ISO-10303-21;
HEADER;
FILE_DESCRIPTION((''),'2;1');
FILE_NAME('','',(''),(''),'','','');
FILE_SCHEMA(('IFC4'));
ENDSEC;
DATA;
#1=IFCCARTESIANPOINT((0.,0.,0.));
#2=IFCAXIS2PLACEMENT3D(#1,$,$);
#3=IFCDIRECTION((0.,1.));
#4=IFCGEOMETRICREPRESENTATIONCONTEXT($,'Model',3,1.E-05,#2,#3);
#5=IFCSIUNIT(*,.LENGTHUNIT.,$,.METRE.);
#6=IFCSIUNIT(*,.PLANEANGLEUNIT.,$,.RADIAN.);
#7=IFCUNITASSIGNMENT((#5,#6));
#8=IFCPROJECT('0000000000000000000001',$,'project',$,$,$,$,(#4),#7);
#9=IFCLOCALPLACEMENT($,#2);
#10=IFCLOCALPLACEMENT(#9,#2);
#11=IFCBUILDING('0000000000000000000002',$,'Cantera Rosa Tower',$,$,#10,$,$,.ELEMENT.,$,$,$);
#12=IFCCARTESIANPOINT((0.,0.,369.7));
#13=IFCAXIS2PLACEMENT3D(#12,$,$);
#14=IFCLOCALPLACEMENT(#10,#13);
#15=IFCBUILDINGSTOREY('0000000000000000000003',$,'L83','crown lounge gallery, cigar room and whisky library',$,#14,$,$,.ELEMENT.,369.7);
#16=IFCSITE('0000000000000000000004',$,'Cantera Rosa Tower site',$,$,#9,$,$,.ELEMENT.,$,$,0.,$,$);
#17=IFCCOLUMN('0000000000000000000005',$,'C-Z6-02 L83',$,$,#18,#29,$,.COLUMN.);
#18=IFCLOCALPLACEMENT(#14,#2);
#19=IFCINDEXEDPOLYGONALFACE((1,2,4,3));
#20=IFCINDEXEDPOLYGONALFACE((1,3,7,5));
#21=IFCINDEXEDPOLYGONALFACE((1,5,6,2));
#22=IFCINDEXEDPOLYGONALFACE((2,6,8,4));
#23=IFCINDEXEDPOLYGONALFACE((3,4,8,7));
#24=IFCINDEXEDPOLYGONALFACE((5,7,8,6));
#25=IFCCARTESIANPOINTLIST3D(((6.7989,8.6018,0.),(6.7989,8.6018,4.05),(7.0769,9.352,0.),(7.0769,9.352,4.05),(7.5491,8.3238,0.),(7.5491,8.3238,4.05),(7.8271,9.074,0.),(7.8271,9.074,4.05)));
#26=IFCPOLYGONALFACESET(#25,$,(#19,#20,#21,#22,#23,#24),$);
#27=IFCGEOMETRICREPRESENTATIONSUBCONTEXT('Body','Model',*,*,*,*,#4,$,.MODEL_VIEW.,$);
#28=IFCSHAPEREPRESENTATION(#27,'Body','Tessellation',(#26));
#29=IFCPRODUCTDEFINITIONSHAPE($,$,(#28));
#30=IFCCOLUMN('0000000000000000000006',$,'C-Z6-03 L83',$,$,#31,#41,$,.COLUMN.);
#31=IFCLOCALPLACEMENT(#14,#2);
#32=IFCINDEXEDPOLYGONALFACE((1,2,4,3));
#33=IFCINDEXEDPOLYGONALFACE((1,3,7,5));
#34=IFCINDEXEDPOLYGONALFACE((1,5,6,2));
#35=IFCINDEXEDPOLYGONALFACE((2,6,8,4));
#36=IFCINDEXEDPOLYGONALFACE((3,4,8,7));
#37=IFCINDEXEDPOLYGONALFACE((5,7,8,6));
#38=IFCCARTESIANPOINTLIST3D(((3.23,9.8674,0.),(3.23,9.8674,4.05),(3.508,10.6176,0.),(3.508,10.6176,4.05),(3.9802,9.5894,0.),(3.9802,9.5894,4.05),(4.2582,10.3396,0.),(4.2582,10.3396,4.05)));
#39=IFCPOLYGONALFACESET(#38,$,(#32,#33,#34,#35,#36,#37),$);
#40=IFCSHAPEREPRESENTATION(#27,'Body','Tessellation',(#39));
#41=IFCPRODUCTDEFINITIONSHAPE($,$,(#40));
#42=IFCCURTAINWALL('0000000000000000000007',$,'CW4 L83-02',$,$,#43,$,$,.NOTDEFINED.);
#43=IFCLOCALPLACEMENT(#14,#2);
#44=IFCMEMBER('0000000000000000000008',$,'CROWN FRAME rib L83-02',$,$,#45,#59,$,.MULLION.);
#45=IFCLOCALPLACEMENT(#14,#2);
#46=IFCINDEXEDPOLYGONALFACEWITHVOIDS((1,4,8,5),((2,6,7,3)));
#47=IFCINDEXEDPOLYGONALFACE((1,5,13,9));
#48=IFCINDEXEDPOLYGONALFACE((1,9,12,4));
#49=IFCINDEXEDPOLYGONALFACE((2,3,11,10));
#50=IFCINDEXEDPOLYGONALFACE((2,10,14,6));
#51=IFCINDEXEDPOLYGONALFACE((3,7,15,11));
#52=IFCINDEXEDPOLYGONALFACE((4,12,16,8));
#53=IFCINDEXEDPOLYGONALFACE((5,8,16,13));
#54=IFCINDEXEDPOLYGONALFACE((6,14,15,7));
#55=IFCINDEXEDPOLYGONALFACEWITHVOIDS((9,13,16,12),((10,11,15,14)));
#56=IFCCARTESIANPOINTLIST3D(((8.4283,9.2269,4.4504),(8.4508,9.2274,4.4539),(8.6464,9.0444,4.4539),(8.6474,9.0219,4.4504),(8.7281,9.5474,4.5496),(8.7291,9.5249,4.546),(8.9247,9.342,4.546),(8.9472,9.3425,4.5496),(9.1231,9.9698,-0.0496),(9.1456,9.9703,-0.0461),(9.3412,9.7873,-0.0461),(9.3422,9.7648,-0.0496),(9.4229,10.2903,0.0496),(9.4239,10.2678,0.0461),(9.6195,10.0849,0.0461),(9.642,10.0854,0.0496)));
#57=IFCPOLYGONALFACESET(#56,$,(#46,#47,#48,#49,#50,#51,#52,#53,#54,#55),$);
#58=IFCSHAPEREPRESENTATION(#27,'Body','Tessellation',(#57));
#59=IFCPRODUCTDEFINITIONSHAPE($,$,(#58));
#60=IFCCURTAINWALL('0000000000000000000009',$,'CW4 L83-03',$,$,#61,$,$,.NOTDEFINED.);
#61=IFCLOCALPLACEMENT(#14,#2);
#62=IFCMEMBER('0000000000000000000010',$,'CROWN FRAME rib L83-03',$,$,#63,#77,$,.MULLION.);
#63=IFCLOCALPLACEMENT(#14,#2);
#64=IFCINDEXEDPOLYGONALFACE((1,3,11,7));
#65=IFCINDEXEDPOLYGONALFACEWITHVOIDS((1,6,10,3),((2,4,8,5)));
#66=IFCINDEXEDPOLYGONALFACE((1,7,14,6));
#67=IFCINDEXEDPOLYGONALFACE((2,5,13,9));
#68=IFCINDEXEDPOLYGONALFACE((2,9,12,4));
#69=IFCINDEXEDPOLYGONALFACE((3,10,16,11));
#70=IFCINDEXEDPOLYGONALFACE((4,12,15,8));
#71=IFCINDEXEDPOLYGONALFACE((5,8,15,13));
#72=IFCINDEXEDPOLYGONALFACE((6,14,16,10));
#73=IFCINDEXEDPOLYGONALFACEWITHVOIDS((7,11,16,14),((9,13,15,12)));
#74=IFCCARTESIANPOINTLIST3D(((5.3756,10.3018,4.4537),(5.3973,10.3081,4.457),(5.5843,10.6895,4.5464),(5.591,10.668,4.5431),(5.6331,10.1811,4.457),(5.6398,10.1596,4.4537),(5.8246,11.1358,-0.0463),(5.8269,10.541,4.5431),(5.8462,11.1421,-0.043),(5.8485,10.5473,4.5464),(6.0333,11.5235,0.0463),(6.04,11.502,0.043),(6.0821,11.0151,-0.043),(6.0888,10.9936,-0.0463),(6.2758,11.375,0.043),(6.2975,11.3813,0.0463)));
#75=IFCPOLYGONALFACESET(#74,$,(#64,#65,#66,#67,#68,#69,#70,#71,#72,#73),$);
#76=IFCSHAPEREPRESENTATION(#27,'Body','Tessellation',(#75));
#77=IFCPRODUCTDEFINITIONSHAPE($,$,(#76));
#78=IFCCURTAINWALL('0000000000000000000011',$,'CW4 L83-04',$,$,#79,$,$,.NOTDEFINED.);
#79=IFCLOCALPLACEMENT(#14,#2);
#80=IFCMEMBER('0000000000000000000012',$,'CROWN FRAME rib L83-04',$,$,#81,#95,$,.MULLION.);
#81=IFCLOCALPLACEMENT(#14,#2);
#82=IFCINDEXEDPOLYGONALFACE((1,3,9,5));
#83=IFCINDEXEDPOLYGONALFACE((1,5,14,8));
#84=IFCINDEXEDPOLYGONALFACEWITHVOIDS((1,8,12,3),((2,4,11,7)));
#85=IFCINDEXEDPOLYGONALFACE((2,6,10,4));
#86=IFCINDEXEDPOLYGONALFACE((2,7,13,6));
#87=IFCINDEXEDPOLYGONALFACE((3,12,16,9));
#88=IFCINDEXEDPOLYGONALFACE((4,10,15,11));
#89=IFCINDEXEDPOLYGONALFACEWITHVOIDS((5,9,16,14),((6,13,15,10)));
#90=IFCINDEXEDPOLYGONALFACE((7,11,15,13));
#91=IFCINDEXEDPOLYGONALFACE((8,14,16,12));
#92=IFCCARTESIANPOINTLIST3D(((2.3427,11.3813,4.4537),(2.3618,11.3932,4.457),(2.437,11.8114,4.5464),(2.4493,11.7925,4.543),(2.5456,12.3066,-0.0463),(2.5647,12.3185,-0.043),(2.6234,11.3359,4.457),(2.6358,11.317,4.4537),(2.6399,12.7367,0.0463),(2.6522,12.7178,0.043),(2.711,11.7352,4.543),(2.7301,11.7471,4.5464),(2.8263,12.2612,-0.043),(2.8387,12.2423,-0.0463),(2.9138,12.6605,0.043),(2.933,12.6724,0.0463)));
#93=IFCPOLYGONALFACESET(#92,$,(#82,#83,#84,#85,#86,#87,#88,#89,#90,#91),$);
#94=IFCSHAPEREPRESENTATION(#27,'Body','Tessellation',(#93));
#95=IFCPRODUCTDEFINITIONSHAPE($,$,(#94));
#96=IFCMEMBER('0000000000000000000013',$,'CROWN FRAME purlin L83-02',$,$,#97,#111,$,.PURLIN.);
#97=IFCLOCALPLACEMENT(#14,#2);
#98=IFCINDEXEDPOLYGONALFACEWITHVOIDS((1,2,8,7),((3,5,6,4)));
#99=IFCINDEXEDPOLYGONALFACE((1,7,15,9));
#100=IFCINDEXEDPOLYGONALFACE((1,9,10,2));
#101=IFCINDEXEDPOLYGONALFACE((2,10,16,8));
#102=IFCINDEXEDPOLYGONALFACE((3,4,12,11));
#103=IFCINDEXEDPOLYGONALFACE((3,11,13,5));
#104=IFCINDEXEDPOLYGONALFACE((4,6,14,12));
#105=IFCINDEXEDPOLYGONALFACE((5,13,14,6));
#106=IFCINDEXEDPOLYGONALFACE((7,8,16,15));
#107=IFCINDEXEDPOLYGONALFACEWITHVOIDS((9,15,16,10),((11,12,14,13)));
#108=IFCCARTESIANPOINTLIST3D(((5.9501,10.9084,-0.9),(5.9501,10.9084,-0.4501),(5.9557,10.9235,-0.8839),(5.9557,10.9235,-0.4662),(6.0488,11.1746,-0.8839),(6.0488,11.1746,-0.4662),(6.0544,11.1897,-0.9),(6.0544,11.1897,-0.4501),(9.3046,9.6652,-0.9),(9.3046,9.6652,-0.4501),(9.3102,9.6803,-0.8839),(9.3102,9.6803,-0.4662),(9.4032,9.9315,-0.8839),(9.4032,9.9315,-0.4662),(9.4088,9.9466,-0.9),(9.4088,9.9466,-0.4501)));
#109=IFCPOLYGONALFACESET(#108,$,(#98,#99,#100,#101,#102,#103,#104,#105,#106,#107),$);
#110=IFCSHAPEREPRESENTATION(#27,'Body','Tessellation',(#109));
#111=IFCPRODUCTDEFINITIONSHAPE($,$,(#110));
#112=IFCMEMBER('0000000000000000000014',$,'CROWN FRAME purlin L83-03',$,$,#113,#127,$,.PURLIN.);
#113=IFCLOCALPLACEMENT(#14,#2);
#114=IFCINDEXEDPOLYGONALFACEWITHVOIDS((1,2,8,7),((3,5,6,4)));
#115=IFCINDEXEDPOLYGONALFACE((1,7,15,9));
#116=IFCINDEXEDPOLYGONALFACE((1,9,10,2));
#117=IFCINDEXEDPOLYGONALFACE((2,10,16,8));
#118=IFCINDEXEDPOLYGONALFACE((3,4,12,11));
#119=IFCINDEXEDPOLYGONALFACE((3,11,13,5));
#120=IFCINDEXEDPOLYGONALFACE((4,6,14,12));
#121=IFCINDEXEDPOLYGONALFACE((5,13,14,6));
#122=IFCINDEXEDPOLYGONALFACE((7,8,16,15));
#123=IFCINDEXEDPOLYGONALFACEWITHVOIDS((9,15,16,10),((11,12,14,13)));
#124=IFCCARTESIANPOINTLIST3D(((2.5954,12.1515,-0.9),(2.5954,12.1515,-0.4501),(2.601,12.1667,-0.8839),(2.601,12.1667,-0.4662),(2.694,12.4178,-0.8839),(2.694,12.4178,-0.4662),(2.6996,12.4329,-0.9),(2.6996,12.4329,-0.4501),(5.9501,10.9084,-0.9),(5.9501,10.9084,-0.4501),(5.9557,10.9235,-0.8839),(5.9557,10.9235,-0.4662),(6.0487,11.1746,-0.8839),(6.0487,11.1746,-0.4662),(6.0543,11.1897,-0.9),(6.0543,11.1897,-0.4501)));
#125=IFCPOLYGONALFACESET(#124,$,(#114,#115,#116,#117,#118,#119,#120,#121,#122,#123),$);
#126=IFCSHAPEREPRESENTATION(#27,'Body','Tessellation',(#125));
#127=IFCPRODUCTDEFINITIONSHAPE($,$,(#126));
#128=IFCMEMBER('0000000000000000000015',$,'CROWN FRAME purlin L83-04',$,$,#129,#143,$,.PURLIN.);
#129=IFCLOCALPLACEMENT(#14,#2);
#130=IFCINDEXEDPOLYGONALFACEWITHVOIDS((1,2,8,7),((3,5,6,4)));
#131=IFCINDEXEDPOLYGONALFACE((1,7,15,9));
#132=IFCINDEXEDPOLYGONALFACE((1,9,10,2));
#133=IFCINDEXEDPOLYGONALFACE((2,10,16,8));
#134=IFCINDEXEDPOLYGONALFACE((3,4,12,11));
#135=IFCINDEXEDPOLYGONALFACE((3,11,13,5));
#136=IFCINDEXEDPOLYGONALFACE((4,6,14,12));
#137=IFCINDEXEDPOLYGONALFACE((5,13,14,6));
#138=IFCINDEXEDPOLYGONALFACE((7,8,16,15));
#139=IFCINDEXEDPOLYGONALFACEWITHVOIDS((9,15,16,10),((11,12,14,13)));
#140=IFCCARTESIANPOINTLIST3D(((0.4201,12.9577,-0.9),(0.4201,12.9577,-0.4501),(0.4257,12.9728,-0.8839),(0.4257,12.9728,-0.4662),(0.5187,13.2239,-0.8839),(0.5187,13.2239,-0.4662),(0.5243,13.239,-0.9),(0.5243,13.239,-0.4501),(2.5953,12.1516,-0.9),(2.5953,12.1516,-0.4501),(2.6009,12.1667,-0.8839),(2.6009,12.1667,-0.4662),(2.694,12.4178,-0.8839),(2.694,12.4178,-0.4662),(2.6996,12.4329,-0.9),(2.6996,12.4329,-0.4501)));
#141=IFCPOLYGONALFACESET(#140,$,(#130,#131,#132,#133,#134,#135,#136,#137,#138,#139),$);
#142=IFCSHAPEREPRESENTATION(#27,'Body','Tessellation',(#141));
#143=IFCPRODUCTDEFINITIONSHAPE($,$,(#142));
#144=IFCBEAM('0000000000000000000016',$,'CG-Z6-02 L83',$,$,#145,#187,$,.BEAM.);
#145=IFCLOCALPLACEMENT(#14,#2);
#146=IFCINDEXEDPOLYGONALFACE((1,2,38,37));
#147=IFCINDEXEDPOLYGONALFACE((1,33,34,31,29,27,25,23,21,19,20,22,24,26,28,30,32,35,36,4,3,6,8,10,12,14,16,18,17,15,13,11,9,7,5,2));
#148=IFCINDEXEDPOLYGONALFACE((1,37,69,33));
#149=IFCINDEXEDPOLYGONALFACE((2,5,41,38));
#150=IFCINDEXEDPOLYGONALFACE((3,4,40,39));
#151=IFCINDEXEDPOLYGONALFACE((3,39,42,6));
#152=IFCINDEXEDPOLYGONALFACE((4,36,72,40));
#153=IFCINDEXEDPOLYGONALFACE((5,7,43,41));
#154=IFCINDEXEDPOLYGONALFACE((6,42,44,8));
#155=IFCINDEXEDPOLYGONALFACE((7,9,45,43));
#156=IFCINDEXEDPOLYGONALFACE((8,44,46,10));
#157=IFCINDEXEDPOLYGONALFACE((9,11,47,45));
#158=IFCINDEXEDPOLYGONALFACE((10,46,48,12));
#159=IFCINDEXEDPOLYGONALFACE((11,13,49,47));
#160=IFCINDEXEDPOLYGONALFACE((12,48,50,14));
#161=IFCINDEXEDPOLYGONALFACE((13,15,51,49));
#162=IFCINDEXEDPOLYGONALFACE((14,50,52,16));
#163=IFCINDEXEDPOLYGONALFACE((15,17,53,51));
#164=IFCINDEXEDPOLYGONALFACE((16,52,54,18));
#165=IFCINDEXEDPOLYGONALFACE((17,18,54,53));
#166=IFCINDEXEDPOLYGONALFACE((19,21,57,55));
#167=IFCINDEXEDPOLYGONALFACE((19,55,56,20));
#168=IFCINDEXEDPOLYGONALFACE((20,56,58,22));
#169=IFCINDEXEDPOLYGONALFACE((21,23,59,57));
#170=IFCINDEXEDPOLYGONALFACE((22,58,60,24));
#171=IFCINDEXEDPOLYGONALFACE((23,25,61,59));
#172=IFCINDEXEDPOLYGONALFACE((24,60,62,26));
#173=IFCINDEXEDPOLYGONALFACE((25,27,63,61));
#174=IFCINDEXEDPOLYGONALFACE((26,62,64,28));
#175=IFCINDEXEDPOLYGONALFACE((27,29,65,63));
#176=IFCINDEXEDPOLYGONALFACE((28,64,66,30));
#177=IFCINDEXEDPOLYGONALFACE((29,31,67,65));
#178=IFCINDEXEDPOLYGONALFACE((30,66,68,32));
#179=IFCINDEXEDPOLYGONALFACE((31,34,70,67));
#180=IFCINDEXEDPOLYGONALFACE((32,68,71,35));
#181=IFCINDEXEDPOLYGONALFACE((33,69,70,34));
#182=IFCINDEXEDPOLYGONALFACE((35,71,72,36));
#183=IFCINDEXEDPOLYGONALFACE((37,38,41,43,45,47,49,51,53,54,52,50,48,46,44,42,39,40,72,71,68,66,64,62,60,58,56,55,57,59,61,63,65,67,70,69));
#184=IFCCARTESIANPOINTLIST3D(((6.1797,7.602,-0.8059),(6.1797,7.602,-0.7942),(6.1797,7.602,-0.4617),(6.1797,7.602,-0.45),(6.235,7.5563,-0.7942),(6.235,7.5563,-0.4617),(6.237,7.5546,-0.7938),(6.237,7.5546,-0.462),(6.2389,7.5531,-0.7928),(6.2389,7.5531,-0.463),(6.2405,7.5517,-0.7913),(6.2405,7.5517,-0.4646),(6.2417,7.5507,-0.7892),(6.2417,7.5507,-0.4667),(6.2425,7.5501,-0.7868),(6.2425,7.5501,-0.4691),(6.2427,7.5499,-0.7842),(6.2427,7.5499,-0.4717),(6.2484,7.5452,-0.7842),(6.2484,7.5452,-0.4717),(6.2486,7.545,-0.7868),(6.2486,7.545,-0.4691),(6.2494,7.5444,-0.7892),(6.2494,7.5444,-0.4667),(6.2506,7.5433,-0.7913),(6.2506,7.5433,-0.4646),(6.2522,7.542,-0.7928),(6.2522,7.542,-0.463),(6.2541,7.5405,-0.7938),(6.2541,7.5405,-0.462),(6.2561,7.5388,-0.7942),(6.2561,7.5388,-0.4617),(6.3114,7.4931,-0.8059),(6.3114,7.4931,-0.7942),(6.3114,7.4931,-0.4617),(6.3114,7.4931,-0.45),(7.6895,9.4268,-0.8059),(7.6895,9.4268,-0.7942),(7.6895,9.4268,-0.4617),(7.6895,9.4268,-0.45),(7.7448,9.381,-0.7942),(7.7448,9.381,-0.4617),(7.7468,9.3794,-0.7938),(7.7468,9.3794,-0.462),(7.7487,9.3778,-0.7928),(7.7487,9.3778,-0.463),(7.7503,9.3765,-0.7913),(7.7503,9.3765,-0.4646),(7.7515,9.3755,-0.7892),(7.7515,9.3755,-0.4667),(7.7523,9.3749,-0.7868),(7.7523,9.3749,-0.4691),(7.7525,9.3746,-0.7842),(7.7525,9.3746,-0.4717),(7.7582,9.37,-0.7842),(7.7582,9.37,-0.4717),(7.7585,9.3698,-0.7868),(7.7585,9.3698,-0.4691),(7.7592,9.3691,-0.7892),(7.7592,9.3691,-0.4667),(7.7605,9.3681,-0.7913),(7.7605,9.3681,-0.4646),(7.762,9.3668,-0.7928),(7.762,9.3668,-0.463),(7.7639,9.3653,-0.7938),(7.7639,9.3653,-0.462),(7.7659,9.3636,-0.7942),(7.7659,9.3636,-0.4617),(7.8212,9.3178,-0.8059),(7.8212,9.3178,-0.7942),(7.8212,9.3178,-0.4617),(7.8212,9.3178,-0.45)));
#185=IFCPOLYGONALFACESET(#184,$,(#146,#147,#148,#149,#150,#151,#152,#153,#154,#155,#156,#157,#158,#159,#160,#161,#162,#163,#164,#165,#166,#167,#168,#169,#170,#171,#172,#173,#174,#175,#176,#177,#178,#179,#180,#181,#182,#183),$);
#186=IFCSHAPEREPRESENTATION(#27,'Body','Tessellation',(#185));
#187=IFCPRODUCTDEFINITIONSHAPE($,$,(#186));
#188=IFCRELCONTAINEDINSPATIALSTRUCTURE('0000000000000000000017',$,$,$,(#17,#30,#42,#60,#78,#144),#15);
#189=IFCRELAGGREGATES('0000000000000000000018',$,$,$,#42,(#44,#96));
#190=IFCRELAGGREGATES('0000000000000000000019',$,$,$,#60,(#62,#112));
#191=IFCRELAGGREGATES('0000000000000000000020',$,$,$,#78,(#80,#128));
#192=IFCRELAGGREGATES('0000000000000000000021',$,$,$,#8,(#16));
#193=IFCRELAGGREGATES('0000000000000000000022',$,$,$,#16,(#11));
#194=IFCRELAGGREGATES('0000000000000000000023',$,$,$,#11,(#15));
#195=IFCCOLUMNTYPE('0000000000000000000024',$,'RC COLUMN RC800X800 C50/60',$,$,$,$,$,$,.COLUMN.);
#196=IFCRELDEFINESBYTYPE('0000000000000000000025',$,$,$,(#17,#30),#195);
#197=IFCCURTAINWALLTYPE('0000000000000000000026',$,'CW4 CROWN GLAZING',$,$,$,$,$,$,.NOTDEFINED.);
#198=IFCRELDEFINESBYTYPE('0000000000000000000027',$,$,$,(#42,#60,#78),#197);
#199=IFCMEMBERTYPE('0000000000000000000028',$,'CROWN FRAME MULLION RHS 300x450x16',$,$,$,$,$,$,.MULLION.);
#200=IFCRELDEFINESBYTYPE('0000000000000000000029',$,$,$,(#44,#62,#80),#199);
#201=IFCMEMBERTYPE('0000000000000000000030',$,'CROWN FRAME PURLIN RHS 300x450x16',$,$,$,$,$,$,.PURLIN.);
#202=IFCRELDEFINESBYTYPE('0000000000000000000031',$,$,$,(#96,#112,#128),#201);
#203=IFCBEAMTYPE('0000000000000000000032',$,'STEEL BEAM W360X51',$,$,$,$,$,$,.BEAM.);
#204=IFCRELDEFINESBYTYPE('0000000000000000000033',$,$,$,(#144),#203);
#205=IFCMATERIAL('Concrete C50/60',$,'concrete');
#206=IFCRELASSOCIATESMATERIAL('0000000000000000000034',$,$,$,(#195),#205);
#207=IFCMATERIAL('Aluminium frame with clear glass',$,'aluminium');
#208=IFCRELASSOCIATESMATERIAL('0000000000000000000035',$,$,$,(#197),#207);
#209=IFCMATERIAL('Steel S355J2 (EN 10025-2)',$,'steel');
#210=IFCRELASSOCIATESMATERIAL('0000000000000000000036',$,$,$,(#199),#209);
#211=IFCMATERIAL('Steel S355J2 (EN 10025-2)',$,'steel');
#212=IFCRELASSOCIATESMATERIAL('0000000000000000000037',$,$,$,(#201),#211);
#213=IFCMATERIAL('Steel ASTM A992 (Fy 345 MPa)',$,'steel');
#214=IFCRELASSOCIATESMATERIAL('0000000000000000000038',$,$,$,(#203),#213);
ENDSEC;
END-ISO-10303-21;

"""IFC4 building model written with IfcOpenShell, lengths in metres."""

from ifc_helpers import new_model, si_unit, direction, frame, origin, origin_2d, place, context, subcontext, project, spatial, rectangle, hollow_rectangle, i_section, extrude, material, material_profile, profile_set, type_object, element, aggregate, save


model = new_model("IFC4")

# Units and contexts
model_context = context("Model", 3, precision=1e-05, world=origin(), true_north=direction((0.0, 1.0)))
body_context = subcontext(model_context, "Body", "Model", "MODEL_VIEW")
ifc_project = project(units=[si_unit("LENGTHUNIT", "METRE"), si_unit("PLANEANGLEUNIT", "RADIAN")], contexts=[model_context])

# Site, building, storey
site_placement = place(None, origin())
site = spatial("IfcSite", under=ifc_project, at=site_placement, Name="Cantera Rosa Tower site", CompositionType="ELEMENT", RefElevation=0.0)
building_placement = place(site_placement, origin())
building = spatial("IfcBuilding", under=site, at=building_placement, Name="Cantera Rosa Tower", CompositionType="ELEMENT")
storey_placement = place(building_placement, frame((0.0, 0.0, 369.7)))
storey = spatial("IfcBuildingStorey", under=building, at=storey_placement, Name="L83", Description="crown lounge gallery, cigar room and whisky library", CompositionType="ELEMENT", Elevation=369.7)

# Columns
ifc_material_1 = material(Name="Concrete C50/60", Category="concrete")
ifc_material_profile_1 = material_profile(ifc_material_1, rectangle(XDim=0.8, YDim=0.8, at=origin_2d()), Name="RC COLUMN RC800X800 C50/60")
ifc_profile_set_1 = profile_set([ifc_material_profile_1], Name="Concrete C50/60")
column_type = type_object("IfcColumnType", Name="RC COLUMN RC800X800 C50/60", PredefinedType="COLUMN", material=ifc_profile_set_1)
for number, where, z_axis, x_axis, name in (
    (1, (7.313, 8.8379, 0.0), (0.0, 0.0, 1.0), (0.347481, 0.937687, 0.0), "C-Z6-02 L83"),
    (2, (3.7441, 10.1035, 0.0), (0.0, 0.0, 1.0), (0.347481, 0.937687, 0.0), "C-Z6-03 L83"),
):
    element("IfcColumn", number, at=place(storey_placement, frame(where, z_axis=z_axis, x_axis=x_axis)), inside=storey, type_object=column_type, Name=name, PredefinedType="COLUMN", context=body_context, shape_type="SweptSolid", body=[
        extrude(rectangle(XDim=0.8, YDim=0.8, at=origin_2d()), origin(), (0.0, 0.0, 1.0), 4.05),
    ])

# Curtain walls, members
ifc_material_2 = material(Name="Aluminium frame with clear glass", Category="aluminium")
curtain_wall_type = type_object("IfcCurtainWallType", Name="CW4 CROWN GLAZING", PredefinedType="NOTDEFINED", material=ifc_material_2)
curtain_wall_1_placement = place(storey_placement, origin())
curtain_wall_1 = element("IfcCurtainWall", 3, at=curtain_wall_1_placement, inside=storey, type_object=curtain_wall_type, Name="CW4 L83-02", PredefinedType="NOTDEFINED")
ifc_material_3 = material(Name="Steel S355J2 (EN 10025-2)", Category="steel")
ifc_material_profile_2 = material_profile(ifc_material_3, hollow_rectangle(XDim=0.3, YDim=0.45, WallThickness=0.0161, at=origin_2d()), Name="CROWN FRAME MULLION RHS 300x450x16")
ifc_profile_set_2 = profile_set([ifc_material_profile_2], Name="Steel S355J2 (EN 10025-2)")
member_type_1 = type_object("IfcMemberType", Name="CROWN FRAME MULLION RHS 300x450x16", PredefinedType="MULLION", material=ifc_profile_set_2)
member_1_placement = place(storey_placement, frame((9.3826, 10.0276, 0.0), z_axis=(-0.150606, -0.16103, 0.975391), x_axis=(0.730353, -0.68307, 0.0)))
member_1 = element("IfcMember", 4, at=member_1_placement, type_object=member_type_1, Name="CROWN FRAME rib L83-02", PredefinedType="MULLION", context=body_context, shape_type="SweptSolid", body=[
    extrude(hollow_rectangle(XDim=0.3, YDim=0.45, WallThickness=0.0161, at=origin_2d()), origin(), (0.0, 0.0, 1.0), 4.6135),
])
curtain_wall_2_placement = place(storey_placement, origin())
curtain_wall_2 = element("IfcCurtainWall", 5, at=curtain_wall_2_placement, inside=storey, type_object=curtain_wall_type, Name="CW4 L83-03", PredefinedType="NOTDEFINED")
member_2_placement = place(storey_placement, frame((6.061, 11.2585, 0.0), z_axis=(-0.097633, -0.181356, 0.978559), x_axis=(0.880512, -0.474023, 0.0)))
member_2 = element("IfcMember", 6, at=member_2_placement, type_object=member_type_1, Name="CROWN FRAME rib L83-03", PredefinedType="MULLION", context=body_context, shape_type="SweptSolid", body=[
    extrude(hollow_rectangle(XDim=0.3, YDim=0.45, WallThickness=0.0161, at=origin_2d()), origin(), (0.0, 0.0, 1.0), 4.5986),
])
curtain_wall_3_placement = place(storey_placement, origin())
curtain_wall_3 = element("IfcCurtainWall", 7, at=curtain_wall_3_placement, inside=storey, type_object=curtain_wall_type, Name="CW4 L83-04", PredefinedType="NOTDEFINED")
member_3_placement = place(storey_placement, frame((2.7393, 12.4895, 0.0), z_axis=(-0.044118, -0.201211, 0.978554), x_axis=(0.976796, -0.214173, 0.0)))
member_3 = element("IfcMember", 8, at=member_3_placement, type_object=member_type_1, Name="CROWN FRAME rib L83-04", PredefinedType="MULLION", context=body_context, shape_type="SweptSolid", body=[
    extrude(hollow_rectangle(XDim=0.3, YDim=0.45, WallThickness=0.0161, at=origin_2d()), origin(), (0.0, 0.0, 1.0), 4.5986),
])

# Members
ifc_material_4 = material(Name="Steel S355J2 (EN 10025-2)", Category="steel")
ifc_material_profile_3 = material_profile(ifc_material_4, hollow_rectangle(XDim=0.3, YDim=0.45, WallThickness=0.0161, at=origin_2d()), Name="CROWN FRAME PURLIN RHS 300x450x16")
ifc_profile_set_3 = profile_set([ifc_material_profile_3], Name="Steel S355J2 (EN 10025-2)")
member_type_2 = type_object("IfcMemberType", Name="CROWN FRAME PURLIN RHS 300x450x16", PredefinedType="PURLIN", material=ifc_profile_set_3)
member_4_placement = place(storey_placement, frame((9.3567, 9.8059, -0.675), z_axis=(-0.93768, 0.347501, 0.0), x_axis=(-0.347501, -0.93768, 0.0)))
member_4 = element("IfcMember", 9, at=member_4_placement, type_object=member_type_2, Name="CROWN FRAME purlin L83-02", PredefinedType="PURLIN", context=body_context, shape_type="SweptSolid", body=[
    extrude(hollow_rectangle(XDim=0.3, YDim=0.45, WallThickness=0.0161, at=origin_2d()), origin(), (0.0, 0.0, 1.0), 3.5774),
])
member_5_placement = place(storey_placement, frame((6.0022, 11.0491, -0.675), z_axis=(-0.937688, 0.347479, 0.0), x_axis=(-0.347479, -0.937688, 0.0)))
member_5 = element("IfcMember", 10, at=member_5_placement, type_object=member_type_2, Name="CROWN FRAME purlin L83-03", PredefinedType="PURLIN", context=body_context, shape_type="SweptSolid", body=[
    extrude(hollow_rectangle(XDim=0.3, YDim=0.45, WallThickness=0.0161, at=origin_2d()), origin(), (0.0, 0.0, 1.0), 3.5776),
])
member_6_placement = place(storey_placement, frame((2.6475, 12.2922, -0.675), z_axis=(-0.93768, 0.347499, 0.0), x_axis=(-0.347499, -0.93768, 0.0)))
member_6 = element("IfcMember", 11, at=member_6_placement, type_object=member_type_2, Name="CROWN FRAME purlin L83-04", PredefinedType="PURLIN", context=body_context, shape_type="SweptSolid", body=[
    extrude(hollow_rectangle(XDim=0.3, YDim=0.45, WallThickness=0.0161, at=origin_2d()), origin(), (0.0, 0.0, 1.0), 2.3198),
])

# Beam
ifc_material_5 = material(Name="Steel ASTM A992 (Fy 345 MPa)", Category="steel")
ifc_material_profile_4 = material_profile(ifc_material_5, i_section(OverallWidth=0.1709, OverallDepth=0.356, WebThickness=0.0073, FlangeThickness=0.0117, FilletRadius=0.01, at=origin_2d()), Name="W360X51")
ifc_profile_set_4 = profile_set([ifc_material_profile_4], Name="Steel ASTM A992 (Fy 345 MPa)")
beam_type_1 = type_object("IfcBeamType", Name="STEEL BEAM W360X51", PredefinedType="BEAM", material=ifc_profile_set_4)
beam_1_placement = place(storey_placement, frame((7.7554, 9.3723, -0.6279), z_axis=(-0.637483, -0.770464, 0.0), x_axis=(0.770464, -0.637483, 0.0)))
element("IfcBeam", 12, at=beam_1_placement, inside=storey, type_object=beam_type_1, Name="CG-Z6-02 L83", PredefinedType="BEAM", context=body_context, shape_type="SweptSolid", body=[
    extrude(i_section(OverallWidth=0.1709, OverallDepth=0.356, WebThickness=0.0073, FlangeThickness=0.0117, FilletRadius=0.01, at=origin_2d()), origin(), (0.0, 0.0, 1.0), 2.3684),
])

aggregate(curtain_wall_1, [member_1, member_4])
aggregate(curtain_wall_2, [member_2, member_5])
aggregate(curtain_wall_3, [member_3, member_6])

save(model, "model.ifc")
